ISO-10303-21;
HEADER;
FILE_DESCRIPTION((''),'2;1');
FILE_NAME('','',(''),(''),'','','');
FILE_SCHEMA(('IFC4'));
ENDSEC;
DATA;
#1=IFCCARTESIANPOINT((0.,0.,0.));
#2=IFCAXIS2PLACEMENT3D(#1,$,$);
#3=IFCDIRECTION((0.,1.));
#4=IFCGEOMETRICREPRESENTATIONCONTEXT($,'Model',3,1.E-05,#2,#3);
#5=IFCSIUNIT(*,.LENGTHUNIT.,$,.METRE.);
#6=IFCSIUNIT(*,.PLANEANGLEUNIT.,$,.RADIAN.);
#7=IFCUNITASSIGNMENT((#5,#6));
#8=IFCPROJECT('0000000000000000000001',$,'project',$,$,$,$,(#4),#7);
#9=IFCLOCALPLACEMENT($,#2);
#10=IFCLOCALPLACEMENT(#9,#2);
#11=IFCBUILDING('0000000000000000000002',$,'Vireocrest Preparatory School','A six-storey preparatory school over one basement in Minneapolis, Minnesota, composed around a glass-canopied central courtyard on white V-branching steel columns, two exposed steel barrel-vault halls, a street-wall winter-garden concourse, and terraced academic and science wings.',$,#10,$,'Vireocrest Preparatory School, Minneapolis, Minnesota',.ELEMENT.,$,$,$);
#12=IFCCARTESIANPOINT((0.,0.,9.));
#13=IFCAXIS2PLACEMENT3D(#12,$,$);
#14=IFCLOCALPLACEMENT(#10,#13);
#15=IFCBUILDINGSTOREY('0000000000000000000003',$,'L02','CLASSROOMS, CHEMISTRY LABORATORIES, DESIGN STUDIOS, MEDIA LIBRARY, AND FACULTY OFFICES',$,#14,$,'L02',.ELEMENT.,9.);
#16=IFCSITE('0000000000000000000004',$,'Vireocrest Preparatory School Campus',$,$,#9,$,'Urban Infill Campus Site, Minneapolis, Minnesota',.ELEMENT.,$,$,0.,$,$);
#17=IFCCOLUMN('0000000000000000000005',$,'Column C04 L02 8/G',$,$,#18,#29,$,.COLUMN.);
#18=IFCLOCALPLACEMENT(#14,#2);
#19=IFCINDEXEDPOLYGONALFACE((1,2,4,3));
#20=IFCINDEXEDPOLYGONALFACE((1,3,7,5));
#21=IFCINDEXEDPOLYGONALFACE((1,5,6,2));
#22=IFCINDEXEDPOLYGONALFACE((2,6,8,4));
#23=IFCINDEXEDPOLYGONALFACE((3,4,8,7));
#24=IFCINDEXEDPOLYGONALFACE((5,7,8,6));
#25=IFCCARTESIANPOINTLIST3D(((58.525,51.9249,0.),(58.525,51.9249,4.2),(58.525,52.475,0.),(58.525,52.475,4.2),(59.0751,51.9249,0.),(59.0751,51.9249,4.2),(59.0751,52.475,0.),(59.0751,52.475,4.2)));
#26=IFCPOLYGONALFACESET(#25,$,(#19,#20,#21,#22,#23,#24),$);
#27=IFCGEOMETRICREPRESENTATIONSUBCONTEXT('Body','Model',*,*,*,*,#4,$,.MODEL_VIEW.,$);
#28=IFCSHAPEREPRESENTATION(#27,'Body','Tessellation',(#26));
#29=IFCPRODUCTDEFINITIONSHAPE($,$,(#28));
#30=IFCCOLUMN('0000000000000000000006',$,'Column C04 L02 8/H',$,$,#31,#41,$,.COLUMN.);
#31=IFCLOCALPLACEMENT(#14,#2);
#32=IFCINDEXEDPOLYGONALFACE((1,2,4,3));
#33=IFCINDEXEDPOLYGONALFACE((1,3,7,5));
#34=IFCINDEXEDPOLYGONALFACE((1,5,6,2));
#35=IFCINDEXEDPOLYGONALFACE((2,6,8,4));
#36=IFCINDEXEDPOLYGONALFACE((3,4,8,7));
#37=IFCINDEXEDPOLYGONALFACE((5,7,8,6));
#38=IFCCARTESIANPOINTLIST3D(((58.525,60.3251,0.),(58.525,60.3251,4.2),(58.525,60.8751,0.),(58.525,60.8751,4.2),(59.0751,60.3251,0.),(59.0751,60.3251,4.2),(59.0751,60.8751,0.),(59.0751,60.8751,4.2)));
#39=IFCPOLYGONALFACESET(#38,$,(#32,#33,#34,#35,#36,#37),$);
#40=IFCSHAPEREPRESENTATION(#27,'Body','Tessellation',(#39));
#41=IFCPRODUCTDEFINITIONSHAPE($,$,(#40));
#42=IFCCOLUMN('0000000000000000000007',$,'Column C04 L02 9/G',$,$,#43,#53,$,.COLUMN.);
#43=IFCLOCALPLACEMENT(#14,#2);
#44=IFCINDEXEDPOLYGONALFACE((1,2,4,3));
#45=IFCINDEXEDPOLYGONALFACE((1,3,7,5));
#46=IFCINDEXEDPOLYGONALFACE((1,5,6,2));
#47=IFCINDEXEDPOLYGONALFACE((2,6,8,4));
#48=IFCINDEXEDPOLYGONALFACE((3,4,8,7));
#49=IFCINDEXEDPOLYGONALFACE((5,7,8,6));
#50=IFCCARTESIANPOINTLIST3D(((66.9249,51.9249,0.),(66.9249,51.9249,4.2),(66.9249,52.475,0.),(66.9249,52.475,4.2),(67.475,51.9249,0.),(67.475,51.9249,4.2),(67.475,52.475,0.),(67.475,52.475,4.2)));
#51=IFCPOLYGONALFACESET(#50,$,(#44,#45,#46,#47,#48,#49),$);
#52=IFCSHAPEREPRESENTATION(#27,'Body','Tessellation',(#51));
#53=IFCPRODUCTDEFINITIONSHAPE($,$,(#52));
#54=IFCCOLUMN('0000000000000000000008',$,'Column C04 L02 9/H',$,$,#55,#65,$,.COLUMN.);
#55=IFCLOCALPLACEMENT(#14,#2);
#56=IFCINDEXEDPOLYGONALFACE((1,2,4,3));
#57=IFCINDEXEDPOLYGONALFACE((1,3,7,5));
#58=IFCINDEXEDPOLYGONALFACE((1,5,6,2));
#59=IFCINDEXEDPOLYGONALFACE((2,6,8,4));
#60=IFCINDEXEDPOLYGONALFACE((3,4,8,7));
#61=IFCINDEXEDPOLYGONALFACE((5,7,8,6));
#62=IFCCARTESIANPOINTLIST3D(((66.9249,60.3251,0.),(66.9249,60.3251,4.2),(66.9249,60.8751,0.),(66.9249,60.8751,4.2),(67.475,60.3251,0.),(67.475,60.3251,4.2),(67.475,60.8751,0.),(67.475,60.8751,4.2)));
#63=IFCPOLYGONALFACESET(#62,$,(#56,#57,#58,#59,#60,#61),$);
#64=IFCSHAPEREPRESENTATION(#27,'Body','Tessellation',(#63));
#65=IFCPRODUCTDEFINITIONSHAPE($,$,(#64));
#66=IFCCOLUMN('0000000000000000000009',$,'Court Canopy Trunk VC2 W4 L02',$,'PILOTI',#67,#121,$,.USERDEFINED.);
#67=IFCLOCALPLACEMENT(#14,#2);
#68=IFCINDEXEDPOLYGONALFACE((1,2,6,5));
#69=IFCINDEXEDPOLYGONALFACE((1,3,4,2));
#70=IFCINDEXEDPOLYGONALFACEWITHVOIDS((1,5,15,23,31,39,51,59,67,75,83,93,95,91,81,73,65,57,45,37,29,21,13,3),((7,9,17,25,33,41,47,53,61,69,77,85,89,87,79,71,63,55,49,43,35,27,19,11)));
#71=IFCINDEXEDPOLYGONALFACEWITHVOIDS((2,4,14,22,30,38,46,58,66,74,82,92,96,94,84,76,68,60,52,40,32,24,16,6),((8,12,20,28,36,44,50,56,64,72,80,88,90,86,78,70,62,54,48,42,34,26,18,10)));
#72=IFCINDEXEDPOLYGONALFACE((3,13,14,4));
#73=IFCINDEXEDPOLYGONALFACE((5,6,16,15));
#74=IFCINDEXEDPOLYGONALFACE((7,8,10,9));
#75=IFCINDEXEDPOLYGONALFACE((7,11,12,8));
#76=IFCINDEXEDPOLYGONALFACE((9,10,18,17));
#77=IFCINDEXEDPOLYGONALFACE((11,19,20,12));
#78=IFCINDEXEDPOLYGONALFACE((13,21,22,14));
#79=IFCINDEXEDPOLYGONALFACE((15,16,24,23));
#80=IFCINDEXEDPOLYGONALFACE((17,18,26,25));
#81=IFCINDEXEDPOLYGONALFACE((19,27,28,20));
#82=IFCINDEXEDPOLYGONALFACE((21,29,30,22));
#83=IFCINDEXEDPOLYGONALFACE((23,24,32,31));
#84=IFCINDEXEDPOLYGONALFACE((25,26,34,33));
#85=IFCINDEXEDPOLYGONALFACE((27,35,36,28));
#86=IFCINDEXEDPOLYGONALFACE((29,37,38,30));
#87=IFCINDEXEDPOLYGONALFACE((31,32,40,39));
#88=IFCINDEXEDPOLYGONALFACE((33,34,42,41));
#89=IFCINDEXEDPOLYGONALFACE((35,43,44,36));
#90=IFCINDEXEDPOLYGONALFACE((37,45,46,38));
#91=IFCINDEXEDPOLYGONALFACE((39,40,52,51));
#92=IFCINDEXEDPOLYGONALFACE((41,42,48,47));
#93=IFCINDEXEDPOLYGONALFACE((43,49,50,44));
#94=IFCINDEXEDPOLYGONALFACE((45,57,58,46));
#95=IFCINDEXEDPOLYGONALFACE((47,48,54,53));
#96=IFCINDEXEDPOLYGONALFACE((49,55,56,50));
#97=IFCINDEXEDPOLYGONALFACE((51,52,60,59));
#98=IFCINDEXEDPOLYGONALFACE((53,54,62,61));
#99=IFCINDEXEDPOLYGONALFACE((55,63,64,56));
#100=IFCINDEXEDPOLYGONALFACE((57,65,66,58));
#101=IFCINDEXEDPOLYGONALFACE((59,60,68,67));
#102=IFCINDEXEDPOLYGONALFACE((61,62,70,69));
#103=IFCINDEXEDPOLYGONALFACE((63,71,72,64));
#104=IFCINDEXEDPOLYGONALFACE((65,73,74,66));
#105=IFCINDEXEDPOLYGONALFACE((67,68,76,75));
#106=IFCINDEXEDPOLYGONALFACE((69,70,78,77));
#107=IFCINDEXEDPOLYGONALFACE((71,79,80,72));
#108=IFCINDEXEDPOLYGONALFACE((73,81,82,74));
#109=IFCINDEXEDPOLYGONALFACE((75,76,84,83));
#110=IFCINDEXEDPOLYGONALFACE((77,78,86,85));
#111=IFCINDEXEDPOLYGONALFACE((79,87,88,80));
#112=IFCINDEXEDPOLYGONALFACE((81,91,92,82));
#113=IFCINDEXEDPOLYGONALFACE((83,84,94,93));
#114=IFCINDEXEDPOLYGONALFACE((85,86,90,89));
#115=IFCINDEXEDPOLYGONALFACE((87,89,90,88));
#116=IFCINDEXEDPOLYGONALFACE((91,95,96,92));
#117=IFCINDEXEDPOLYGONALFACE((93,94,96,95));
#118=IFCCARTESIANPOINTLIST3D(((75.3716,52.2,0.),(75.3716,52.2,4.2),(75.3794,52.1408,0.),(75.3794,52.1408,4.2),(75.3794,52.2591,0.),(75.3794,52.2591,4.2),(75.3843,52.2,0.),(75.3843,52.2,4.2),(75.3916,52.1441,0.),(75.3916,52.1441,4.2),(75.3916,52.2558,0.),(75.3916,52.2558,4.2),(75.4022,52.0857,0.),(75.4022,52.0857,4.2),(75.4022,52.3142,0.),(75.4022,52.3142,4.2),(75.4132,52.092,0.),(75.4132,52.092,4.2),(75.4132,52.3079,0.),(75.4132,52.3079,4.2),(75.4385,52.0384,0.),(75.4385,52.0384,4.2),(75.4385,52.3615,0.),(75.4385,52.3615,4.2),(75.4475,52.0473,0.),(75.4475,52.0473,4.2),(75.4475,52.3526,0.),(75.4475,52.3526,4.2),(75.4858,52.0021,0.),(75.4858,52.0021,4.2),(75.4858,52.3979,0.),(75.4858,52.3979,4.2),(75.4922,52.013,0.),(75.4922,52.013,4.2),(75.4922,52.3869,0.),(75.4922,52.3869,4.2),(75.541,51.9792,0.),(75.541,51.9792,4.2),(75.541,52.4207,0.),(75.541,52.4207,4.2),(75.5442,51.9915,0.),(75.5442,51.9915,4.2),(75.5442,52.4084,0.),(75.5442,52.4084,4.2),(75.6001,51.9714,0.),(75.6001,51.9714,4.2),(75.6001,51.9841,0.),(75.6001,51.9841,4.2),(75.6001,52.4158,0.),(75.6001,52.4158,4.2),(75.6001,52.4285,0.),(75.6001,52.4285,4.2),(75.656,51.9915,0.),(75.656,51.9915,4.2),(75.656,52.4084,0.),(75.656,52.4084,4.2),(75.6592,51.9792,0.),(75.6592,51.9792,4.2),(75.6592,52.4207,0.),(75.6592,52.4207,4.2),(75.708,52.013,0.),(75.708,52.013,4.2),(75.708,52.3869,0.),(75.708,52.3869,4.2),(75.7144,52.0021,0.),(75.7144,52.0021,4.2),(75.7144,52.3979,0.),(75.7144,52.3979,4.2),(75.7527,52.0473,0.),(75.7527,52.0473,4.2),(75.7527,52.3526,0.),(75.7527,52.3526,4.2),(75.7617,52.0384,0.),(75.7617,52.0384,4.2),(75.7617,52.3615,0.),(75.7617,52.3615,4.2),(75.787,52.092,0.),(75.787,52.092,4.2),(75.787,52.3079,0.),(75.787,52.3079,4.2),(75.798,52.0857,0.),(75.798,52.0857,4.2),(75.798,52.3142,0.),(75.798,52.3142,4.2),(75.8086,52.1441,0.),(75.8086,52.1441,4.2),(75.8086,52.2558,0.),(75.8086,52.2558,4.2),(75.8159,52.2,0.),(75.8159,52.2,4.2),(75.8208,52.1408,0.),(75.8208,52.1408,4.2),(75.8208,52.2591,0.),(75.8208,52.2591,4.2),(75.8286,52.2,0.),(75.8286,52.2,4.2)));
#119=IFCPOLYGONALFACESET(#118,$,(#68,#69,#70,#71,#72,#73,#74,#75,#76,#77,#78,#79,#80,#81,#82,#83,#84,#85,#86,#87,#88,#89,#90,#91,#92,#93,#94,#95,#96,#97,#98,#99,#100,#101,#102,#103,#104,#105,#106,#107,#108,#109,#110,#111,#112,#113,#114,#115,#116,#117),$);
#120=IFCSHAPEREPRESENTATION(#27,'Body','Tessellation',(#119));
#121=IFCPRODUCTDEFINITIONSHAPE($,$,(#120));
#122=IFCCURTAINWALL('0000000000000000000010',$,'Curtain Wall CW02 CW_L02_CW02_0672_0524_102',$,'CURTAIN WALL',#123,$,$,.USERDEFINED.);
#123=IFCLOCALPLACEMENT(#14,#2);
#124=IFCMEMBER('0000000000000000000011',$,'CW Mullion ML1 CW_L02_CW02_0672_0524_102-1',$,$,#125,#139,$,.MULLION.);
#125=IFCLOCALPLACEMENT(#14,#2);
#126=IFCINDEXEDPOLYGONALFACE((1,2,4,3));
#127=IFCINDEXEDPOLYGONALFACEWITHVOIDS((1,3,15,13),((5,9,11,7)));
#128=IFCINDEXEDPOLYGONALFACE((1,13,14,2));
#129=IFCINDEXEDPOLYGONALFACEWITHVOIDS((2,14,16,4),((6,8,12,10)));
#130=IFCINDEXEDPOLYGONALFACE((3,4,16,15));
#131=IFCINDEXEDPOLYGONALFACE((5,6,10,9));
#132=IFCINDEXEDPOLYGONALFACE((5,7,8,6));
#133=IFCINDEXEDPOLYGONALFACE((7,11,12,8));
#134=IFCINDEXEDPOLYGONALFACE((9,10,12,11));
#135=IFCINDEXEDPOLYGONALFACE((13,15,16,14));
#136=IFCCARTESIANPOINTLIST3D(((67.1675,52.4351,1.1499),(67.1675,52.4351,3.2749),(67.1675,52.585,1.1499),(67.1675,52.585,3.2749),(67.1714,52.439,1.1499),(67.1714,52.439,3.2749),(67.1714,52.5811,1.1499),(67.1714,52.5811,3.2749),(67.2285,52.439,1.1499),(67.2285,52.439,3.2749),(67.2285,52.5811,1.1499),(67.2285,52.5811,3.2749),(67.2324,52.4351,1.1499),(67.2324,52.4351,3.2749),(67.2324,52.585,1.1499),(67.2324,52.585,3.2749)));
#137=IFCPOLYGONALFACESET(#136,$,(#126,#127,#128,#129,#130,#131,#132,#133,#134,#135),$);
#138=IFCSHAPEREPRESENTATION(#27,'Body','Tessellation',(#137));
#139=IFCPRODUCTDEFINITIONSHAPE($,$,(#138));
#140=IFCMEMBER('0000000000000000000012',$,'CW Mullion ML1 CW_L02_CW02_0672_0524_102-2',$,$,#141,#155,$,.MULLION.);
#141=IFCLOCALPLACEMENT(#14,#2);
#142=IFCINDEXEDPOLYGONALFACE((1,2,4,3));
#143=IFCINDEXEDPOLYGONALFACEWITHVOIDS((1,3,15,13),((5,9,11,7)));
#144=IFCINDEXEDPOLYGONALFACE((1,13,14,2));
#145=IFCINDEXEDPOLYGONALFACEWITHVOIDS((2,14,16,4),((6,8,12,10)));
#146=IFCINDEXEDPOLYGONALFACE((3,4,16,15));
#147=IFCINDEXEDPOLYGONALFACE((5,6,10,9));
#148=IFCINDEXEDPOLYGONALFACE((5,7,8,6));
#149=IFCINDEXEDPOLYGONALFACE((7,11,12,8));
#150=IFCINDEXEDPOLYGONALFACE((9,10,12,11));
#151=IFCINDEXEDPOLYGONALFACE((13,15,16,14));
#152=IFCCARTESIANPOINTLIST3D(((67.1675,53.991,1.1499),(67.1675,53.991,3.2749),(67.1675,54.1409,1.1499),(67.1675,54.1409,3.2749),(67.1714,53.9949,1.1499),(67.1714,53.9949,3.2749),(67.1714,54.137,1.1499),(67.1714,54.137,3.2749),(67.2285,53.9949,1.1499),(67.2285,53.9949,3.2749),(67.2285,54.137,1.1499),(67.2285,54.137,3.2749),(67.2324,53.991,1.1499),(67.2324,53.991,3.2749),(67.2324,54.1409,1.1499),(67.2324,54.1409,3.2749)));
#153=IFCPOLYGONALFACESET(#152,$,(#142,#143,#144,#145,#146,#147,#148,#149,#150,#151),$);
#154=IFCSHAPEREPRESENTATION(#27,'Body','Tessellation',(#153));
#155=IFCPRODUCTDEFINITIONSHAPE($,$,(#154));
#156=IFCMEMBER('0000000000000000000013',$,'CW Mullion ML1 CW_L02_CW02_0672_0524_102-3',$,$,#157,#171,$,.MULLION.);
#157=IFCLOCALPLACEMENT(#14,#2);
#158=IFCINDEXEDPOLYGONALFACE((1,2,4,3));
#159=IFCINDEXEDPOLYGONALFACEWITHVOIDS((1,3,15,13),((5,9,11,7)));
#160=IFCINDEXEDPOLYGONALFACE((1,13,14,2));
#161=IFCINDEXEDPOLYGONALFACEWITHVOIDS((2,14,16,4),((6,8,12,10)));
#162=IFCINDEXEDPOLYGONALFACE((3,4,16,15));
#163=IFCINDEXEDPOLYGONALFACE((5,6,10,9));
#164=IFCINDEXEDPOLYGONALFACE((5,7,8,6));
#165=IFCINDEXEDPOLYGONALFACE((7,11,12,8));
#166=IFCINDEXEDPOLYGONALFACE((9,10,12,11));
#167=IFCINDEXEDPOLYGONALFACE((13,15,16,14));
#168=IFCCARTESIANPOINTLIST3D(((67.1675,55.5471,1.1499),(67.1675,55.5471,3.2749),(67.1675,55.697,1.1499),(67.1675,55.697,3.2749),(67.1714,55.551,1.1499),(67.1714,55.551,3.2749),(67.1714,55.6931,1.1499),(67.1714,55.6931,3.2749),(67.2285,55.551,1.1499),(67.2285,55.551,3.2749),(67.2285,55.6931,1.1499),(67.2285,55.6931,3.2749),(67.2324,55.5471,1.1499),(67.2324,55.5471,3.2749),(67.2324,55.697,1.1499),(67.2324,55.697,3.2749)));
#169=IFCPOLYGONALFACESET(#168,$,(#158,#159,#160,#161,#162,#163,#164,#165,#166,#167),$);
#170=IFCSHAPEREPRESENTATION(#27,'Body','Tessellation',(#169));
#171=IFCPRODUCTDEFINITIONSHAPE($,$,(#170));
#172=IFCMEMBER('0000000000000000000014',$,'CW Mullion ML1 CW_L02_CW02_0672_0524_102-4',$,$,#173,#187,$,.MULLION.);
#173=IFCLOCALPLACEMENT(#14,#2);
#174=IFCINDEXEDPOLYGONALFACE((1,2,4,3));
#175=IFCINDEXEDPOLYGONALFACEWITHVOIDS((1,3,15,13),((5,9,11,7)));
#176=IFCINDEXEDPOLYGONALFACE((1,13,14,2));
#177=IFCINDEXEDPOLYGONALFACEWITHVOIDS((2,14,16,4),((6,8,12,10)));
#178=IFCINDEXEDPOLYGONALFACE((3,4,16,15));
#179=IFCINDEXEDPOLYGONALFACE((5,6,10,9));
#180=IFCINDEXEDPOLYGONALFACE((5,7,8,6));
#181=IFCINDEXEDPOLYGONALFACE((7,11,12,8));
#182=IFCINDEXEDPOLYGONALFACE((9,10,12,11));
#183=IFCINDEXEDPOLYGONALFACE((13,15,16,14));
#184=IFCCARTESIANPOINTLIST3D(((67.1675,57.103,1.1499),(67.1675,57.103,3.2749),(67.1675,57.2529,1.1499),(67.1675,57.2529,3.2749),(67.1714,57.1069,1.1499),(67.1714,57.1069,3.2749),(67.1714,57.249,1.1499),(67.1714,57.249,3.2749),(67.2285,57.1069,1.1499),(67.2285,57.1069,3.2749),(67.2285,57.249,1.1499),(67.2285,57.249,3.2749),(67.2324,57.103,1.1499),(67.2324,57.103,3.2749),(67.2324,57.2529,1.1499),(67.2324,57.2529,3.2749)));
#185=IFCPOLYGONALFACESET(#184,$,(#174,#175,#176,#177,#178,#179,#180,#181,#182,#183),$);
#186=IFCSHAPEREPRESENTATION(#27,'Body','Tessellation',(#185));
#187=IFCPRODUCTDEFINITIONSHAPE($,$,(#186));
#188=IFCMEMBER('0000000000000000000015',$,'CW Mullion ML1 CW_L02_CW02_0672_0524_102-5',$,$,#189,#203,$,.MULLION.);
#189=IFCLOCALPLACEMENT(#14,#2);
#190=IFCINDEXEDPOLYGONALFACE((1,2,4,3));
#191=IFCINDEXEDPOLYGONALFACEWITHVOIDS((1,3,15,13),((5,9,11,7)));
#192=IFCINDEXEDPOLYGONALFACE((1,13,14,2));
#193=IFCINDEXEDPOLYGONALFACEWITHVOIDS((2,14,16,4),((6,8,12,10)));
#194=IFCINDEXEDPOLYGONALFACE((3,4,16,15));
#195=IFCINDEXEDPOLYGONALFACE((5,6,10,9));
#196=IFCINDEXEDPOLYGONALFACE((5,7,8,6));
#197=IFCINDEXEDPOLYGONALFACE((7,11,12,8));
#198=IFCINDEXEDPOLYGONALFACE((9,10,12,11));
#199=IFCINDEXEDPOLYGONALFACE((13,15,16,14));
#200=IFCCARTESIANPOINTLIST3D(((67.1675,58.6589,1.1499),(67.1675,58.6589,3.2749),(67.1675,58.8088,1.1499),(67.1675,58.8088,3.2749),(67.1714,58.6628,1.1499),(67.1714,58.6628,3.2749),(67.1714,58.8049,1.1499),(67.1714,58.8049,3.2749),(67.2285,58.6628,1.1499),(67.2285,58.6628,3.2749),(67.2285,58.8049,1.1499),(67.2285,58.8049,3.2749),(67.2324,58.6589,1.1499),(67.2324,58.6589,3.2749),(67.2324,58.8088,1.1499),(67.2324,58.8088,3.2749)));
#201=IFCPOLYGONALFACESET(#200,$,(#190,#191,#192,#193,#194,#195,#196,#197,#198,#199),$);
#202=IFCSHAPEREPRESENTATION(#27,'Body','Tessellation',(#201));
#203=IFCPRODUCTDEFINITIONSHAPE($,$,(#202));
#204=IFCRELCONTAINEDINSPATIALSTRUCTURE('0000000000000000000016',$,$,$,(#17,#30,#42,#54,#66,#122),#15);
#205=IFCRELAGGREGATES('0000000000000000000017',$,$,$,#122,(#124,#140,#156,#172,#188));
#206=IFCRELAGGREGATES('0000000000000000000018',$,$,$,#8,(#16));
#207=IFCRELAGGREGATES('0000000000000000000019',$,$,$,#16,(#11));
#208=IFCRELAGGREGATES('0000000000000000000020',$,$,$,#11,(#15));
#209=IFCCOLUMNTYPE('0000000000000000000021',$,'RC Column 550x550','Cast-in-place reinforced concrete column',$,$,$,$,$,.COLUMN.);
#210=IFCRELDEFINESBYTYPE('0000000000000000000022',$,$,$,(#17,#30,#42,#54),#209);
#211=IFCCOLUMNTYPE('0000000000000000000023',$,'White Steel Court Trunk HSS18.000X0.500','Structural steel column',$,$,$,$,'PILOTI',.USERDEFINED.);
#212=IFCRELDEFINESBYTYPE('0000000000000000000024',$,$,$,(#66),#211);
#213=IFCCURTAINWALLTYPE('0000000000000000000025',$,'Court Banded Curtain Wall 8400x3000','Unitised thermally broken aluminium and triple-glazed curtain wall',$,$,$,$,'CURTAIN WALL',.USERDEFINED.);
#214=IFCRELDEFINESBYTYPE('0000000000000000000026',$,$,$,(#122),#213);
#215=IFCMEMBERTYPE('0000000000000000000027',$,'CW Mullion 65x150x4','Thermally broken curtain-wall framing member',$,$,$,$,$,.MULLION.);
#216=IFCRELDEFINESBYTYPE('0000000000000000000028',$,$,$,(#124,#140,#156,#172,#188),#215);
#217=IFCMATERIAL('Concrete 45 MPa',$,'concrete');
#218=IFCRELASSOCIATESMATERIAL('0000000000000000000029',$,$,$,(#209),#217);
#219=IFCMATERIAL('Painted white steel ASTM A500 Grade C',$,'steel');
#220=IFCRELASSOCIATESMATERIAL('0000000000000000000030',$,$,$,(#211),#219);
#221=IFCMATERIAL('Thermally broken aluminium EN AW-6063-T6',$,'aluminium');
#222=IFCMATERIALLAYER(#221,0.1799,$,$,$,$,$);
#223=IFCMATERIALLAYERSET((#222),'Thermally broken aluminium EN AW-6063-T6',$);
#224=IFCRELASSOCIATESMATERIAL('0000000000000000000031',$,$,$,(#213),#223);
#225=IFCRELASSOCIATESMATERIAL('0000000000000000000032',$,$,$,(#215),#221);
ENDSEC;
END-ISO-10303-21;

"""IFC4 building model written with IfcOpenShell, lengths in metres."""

from ifc_helpers import new_model, si_unit, direction, frame, origin, origin_2d, place, context, subcontext, project, spatial, rectangle, hollow_rectangle, hollow_circle, extrude, material, layer, layer_set, material_profile, profile_set, type_object, element, aggregate, save


model = new_model("IFC4")

# Units and contexts
model_context = context("Model", 3, precision=1e-05, world=origin(), true_north=direction((0.0, 1.0)))
body_context = subcontext(model_context, "Body", "Model", "MODEL_VIEW")
ifc_project = project(units=[si_unit("LENGTHUNIT", "METRE"), si_unit("PLANEANGLEUNIT", "RADIAN")], contexts=[model_context])

# Site, building, storey
site_placement = place(None, origin())
site = spatial("IfcSite", under=ifc_project, at=site_placement, Name="Vireocrest Preparatory School Campus", LongName="Urban Infill Campus Site, Minneapolis, Minnesota", CompositionType="ELEMENT", RefElevation=0.0)
building_placement = place(site_placement, origin())
building = spatial("IfcBuilding", under=site, at=building_placement, Name="Vireocrest Preparatory School", Description="A six-storey preparatory school over one basement in Minneapolis, Minnesota, composed around a glass-canopied central courtyard on white V-branching steel columns, two exposed steel barrel-vault halls, a street-wall winter-garden concourse, and terraced academic and science wings.", LongName="Vireocrest Preparatory School, Minneapolis, Minnesota", CompositionType="ELEMENT")
storey_placement = place(building_placement, frame((0.0, 0.0, 9.0)))
storey = spatial("IfcBuildingStorey", under=building, at=storey_placement, Name="L02", Description="CLASSROOMS, CHEMISTRY LABORATORIES, DESIGN STUDIOS, MEDIA LIBRARY, AND FACULTY OFFICES", LongName="L02", CompositionType="ELEMENT", Elevation=9.0)

# Columns
ifc_material_1 = material(Name="Concrete 45 MPa", Category="concrete")
ifc_material_profile_1 = material_profile(ifc_material_1, rectangle(XDim=0.55, YDim=0.55, at=origin_2d()), Name="RC 550x550")
ifc_profile_set_1 = profile_set([ifc_material_profile_1], Name="Concrete 45 MPa")
column_type_1 = type_object("IfcColumnType", Name="RC Column 550x550", Description="Cast-in-place reinforced concrete column", PredefinedType="COLUMN", material=ifc_profile_set_1)
for number, where, z_axis, x_axis, name in (
    (1, (58.8, 52.2, 0.0), (0.0, 0.0, 1.0), (1.0, 0.0, 0.0), "Column C04 L02 8/G"),
    (2, (58.8, 60.6001, 0.0), (0.0, 0.0, 1.0), (1.0, 0.0, 0.0), "Column C04 L02 8/H"),
    (3, (67.2, 52.2, 0.0), (0.0, 0.0, 1.0), (1.0, 0.0, 0.0), "Column C04 L02 9/G"),
    (4, (67.2, 60.6001, 0.0), (0.0, 0.0, 1.0), (1.0, 0.0, 0.0), "Column C04 L02 9/H"),
):
    element("IfcColumn", number, at=place(storey_placement, frame(where, z_axis=z_axis, x_axis=x_axis)), inside=storey, type_object=column_type_1, Name=name, PredefinedType="COLUMN", context=body_context, shape_type="SweptSolid", body=[
        extrude(rectangle(XDim=0.55, YDim=0.55, at=origin_2d()), origin(), (0.0, 0.0, 1.0), 4.2),
    ])
ifc_material_2 = material(Name="Painted white steel ASTM A500 Grade C", Category="steel")
ifc_material_profile_2 = material_profile(ifc_material_2, hollow_circle(Radius=0.2285, WallThickness=0.0127, at=origin_2d()), Name="HSS18.000X0.500")
ifc_profile_set_2 = profile_set([ifc_material_profile_2], Name="Painted white steel ASTM A500 Grade C")
column_type_2 = type_object("IfcColumnType", Name="White Steel Court Trunk HSS18.000X0.500", Description="Structural steel column", ElementType="PILOTI", PredefinedType="USERDEFINED", material=ifc_profile_set_2)
column_placement = place(storey_placement, frame((75.6001, 52.2, 0.0), z_axis=(0.0, 0.0, 1.0), x_axis=(1.0, 0.0, 0.0)))
element("IfcColumn", 5, at=column_placement, inside=storey, type_object=column_type_2, Name="Court Canopy Trunk VC2 W4 L02", ObjectType="PILOTI", PredefinedType="USERDEFINED", context=body_context, shape_type="SweptSolid", body=[
    extrude(hollow_circle(Radius=0.2285, WallThickness=0.0127, at=origin_2d()), origin(), (0.0, 0.0, 1.0), 4.2),
])

# Curtain wall, members
ifc_material_3 = material(Name="Thermally broken aluminium EN AW-6063-T6", Category="aluminium")
ifc_layer_1 = layer(ifc_material_3, 0.1799)
ifc_layer_set_1 = layer_set([ifc_layer_1], Name="Thermally broken aluminium EN AW-6063-T6")
curtain_wall_type = type_object("IfcCurtainWallType", Name="Court Banded Curtain Wall 8400x3000", Description="Unitised thermally broken aluminium and triple-glazed curtain wall", ElementType="CURTAIN WALL", PredefinedType="USERDEFINED", material=ifc_layer_set_1)
curtain_wall_placement = place(storey_placement, origin())
curtain_wall = element("IfcCurtainWall", 6, at=curtain_wall_placement, inside=storey, type_object=curtain_wall_type, Name="Curtain Wall CW02 CW_L02_CW02_0672_0524_102", ObjectType="CURTAIN WALL", PredefinedType="USERDEFINED")
ifc_material_profile_3 = material_profile(ifc_material_3, hollow_rectangle(XDim=0.0649, YDim=0.1499, WallThickness=0.0039, at=origin_2d()), Name="ALU 65x150x4")
ifc_profile_set_3 = profile_set([ifc_material_profile_3], Name="Thermally broken aluminium EN AW-6063-T6")
member_type_1 = type_object("IfcMemberType", Name="CW Mullion 65x150x4", Description="Thermally broken curtain-wall framing member", PredefinedType="MULLION", material=ifc_profile_set_3)
member_1_placement = place(storey_placement, frame((67.2, 52.51, 1.1499), z_axis=(0.0, 0.0, 1.0), x_axis=(1.0, 0.0, 0.0)))
member_1 = element("IfcMember", 7, at=member_1_placement, type_object=member_type_1, Name="CW Mullion ML1 CW_L02_CW02_0672_0524_102-1", PredefinedType="MULLION", context=body_context, shape_type="SweptSolid", body=[
    extrude(hollow_rectangle(XDim=0.0649, YDim=0.1499, WallThickness=0.0039, at=origin_2d()), origin(), (0.0, 0.0, 1.0), 2.125),
])
member_2_placement = place(storey_placement, frame((67.2, 54.0659, 1.1499), z_axis=(0.0, 0.0, 1.0), x_axis=(1.0, 0.0, 0.0)))
member_2 = element("IfcMember", 8, at=member_2_placement, type_object=member_type_1, Name="CW Mullion ML1 CW_L02_CW02_0672_0524_102-2", PredefinedType="MULLION", context=body_context, shape_type="SweptSolid", body=[
    extrude(hollow_rectangle(XDim=0.0649, YDim=0.1499, WallThickness=0.0039, at=origin_2d()), origin(), (0.0, 0.0, 1.0), 2.125),
])
member_3_placement = place(storey_placement, frame((67.2, 55.6221, 1.1499), z_axis=(0.0, 0.0, 1.0), x_axis=(1.0, 0.0, 0.0)))
member_3 = element("IfcMember", 9, at=member_3_placement, type_object=member_type_1, Name="CW Mullion ML1 CW_L02_CW02_0672_0524_102-3", PredefinedType="MULLION", context=body_context, shape_type="SweptSolid", body=[
    extrude(hollow_rectangle(XDim=0.0649, YDim=0.1499, WallThickness=0.0039, at=origin_2d()), origin(), (0.0, 0.0, 1.0), 2.125),
])
member_4_placement = place(storey_placement, frame((67.2, 57.178, 1.1499), z_axis=(0.0, 0.0, 1.0), x_axis=(1.0, 0.0, 0.0)))
member_4 = element("IfcMember", 10, at=member_4_placement, type_object=member_type_1, Name="CW Mullion ML1 CW_L02_CW02_0672_0524_102-4", PredefinedType="MULLION", context=body_context, shape_type="SweptSolid", body=[
    extrude(hollow_rectangle(XDim=0.0649, YDim=0.1499, WallThickness=0.0039, at=origin_2d()), origin(), (0.0, 0.0, 1.0), 2.125),
])
member_5_placement = place(storey_placement, frame((67.2, 58.7339, 1.1499), z_axis=(0.0, 0.0, 1.0), x_axis=(1.0, 0.0, 0.0)))
member_5 = element("IfcMember", 11, at=member_5_placement, type_object=member_type_1, Name="CW Mullion ML1 CW_L02_CW02_0672_0524_102-5", PredefinedType="MULLION", context=body_context, shape_type="SweptSolid", body=[
    extrude(hollow_rectangle(XDim=0.0649, YDim=0.1499, WallThickness=0.0039, at=origin_2d()), origin(), (0.0, 0.0, 1.0), 2.125),
])

aggregate(curtain_wall, [member_1, member_2, member_3, member_4, member_5])

save(model, "model.ifc")
